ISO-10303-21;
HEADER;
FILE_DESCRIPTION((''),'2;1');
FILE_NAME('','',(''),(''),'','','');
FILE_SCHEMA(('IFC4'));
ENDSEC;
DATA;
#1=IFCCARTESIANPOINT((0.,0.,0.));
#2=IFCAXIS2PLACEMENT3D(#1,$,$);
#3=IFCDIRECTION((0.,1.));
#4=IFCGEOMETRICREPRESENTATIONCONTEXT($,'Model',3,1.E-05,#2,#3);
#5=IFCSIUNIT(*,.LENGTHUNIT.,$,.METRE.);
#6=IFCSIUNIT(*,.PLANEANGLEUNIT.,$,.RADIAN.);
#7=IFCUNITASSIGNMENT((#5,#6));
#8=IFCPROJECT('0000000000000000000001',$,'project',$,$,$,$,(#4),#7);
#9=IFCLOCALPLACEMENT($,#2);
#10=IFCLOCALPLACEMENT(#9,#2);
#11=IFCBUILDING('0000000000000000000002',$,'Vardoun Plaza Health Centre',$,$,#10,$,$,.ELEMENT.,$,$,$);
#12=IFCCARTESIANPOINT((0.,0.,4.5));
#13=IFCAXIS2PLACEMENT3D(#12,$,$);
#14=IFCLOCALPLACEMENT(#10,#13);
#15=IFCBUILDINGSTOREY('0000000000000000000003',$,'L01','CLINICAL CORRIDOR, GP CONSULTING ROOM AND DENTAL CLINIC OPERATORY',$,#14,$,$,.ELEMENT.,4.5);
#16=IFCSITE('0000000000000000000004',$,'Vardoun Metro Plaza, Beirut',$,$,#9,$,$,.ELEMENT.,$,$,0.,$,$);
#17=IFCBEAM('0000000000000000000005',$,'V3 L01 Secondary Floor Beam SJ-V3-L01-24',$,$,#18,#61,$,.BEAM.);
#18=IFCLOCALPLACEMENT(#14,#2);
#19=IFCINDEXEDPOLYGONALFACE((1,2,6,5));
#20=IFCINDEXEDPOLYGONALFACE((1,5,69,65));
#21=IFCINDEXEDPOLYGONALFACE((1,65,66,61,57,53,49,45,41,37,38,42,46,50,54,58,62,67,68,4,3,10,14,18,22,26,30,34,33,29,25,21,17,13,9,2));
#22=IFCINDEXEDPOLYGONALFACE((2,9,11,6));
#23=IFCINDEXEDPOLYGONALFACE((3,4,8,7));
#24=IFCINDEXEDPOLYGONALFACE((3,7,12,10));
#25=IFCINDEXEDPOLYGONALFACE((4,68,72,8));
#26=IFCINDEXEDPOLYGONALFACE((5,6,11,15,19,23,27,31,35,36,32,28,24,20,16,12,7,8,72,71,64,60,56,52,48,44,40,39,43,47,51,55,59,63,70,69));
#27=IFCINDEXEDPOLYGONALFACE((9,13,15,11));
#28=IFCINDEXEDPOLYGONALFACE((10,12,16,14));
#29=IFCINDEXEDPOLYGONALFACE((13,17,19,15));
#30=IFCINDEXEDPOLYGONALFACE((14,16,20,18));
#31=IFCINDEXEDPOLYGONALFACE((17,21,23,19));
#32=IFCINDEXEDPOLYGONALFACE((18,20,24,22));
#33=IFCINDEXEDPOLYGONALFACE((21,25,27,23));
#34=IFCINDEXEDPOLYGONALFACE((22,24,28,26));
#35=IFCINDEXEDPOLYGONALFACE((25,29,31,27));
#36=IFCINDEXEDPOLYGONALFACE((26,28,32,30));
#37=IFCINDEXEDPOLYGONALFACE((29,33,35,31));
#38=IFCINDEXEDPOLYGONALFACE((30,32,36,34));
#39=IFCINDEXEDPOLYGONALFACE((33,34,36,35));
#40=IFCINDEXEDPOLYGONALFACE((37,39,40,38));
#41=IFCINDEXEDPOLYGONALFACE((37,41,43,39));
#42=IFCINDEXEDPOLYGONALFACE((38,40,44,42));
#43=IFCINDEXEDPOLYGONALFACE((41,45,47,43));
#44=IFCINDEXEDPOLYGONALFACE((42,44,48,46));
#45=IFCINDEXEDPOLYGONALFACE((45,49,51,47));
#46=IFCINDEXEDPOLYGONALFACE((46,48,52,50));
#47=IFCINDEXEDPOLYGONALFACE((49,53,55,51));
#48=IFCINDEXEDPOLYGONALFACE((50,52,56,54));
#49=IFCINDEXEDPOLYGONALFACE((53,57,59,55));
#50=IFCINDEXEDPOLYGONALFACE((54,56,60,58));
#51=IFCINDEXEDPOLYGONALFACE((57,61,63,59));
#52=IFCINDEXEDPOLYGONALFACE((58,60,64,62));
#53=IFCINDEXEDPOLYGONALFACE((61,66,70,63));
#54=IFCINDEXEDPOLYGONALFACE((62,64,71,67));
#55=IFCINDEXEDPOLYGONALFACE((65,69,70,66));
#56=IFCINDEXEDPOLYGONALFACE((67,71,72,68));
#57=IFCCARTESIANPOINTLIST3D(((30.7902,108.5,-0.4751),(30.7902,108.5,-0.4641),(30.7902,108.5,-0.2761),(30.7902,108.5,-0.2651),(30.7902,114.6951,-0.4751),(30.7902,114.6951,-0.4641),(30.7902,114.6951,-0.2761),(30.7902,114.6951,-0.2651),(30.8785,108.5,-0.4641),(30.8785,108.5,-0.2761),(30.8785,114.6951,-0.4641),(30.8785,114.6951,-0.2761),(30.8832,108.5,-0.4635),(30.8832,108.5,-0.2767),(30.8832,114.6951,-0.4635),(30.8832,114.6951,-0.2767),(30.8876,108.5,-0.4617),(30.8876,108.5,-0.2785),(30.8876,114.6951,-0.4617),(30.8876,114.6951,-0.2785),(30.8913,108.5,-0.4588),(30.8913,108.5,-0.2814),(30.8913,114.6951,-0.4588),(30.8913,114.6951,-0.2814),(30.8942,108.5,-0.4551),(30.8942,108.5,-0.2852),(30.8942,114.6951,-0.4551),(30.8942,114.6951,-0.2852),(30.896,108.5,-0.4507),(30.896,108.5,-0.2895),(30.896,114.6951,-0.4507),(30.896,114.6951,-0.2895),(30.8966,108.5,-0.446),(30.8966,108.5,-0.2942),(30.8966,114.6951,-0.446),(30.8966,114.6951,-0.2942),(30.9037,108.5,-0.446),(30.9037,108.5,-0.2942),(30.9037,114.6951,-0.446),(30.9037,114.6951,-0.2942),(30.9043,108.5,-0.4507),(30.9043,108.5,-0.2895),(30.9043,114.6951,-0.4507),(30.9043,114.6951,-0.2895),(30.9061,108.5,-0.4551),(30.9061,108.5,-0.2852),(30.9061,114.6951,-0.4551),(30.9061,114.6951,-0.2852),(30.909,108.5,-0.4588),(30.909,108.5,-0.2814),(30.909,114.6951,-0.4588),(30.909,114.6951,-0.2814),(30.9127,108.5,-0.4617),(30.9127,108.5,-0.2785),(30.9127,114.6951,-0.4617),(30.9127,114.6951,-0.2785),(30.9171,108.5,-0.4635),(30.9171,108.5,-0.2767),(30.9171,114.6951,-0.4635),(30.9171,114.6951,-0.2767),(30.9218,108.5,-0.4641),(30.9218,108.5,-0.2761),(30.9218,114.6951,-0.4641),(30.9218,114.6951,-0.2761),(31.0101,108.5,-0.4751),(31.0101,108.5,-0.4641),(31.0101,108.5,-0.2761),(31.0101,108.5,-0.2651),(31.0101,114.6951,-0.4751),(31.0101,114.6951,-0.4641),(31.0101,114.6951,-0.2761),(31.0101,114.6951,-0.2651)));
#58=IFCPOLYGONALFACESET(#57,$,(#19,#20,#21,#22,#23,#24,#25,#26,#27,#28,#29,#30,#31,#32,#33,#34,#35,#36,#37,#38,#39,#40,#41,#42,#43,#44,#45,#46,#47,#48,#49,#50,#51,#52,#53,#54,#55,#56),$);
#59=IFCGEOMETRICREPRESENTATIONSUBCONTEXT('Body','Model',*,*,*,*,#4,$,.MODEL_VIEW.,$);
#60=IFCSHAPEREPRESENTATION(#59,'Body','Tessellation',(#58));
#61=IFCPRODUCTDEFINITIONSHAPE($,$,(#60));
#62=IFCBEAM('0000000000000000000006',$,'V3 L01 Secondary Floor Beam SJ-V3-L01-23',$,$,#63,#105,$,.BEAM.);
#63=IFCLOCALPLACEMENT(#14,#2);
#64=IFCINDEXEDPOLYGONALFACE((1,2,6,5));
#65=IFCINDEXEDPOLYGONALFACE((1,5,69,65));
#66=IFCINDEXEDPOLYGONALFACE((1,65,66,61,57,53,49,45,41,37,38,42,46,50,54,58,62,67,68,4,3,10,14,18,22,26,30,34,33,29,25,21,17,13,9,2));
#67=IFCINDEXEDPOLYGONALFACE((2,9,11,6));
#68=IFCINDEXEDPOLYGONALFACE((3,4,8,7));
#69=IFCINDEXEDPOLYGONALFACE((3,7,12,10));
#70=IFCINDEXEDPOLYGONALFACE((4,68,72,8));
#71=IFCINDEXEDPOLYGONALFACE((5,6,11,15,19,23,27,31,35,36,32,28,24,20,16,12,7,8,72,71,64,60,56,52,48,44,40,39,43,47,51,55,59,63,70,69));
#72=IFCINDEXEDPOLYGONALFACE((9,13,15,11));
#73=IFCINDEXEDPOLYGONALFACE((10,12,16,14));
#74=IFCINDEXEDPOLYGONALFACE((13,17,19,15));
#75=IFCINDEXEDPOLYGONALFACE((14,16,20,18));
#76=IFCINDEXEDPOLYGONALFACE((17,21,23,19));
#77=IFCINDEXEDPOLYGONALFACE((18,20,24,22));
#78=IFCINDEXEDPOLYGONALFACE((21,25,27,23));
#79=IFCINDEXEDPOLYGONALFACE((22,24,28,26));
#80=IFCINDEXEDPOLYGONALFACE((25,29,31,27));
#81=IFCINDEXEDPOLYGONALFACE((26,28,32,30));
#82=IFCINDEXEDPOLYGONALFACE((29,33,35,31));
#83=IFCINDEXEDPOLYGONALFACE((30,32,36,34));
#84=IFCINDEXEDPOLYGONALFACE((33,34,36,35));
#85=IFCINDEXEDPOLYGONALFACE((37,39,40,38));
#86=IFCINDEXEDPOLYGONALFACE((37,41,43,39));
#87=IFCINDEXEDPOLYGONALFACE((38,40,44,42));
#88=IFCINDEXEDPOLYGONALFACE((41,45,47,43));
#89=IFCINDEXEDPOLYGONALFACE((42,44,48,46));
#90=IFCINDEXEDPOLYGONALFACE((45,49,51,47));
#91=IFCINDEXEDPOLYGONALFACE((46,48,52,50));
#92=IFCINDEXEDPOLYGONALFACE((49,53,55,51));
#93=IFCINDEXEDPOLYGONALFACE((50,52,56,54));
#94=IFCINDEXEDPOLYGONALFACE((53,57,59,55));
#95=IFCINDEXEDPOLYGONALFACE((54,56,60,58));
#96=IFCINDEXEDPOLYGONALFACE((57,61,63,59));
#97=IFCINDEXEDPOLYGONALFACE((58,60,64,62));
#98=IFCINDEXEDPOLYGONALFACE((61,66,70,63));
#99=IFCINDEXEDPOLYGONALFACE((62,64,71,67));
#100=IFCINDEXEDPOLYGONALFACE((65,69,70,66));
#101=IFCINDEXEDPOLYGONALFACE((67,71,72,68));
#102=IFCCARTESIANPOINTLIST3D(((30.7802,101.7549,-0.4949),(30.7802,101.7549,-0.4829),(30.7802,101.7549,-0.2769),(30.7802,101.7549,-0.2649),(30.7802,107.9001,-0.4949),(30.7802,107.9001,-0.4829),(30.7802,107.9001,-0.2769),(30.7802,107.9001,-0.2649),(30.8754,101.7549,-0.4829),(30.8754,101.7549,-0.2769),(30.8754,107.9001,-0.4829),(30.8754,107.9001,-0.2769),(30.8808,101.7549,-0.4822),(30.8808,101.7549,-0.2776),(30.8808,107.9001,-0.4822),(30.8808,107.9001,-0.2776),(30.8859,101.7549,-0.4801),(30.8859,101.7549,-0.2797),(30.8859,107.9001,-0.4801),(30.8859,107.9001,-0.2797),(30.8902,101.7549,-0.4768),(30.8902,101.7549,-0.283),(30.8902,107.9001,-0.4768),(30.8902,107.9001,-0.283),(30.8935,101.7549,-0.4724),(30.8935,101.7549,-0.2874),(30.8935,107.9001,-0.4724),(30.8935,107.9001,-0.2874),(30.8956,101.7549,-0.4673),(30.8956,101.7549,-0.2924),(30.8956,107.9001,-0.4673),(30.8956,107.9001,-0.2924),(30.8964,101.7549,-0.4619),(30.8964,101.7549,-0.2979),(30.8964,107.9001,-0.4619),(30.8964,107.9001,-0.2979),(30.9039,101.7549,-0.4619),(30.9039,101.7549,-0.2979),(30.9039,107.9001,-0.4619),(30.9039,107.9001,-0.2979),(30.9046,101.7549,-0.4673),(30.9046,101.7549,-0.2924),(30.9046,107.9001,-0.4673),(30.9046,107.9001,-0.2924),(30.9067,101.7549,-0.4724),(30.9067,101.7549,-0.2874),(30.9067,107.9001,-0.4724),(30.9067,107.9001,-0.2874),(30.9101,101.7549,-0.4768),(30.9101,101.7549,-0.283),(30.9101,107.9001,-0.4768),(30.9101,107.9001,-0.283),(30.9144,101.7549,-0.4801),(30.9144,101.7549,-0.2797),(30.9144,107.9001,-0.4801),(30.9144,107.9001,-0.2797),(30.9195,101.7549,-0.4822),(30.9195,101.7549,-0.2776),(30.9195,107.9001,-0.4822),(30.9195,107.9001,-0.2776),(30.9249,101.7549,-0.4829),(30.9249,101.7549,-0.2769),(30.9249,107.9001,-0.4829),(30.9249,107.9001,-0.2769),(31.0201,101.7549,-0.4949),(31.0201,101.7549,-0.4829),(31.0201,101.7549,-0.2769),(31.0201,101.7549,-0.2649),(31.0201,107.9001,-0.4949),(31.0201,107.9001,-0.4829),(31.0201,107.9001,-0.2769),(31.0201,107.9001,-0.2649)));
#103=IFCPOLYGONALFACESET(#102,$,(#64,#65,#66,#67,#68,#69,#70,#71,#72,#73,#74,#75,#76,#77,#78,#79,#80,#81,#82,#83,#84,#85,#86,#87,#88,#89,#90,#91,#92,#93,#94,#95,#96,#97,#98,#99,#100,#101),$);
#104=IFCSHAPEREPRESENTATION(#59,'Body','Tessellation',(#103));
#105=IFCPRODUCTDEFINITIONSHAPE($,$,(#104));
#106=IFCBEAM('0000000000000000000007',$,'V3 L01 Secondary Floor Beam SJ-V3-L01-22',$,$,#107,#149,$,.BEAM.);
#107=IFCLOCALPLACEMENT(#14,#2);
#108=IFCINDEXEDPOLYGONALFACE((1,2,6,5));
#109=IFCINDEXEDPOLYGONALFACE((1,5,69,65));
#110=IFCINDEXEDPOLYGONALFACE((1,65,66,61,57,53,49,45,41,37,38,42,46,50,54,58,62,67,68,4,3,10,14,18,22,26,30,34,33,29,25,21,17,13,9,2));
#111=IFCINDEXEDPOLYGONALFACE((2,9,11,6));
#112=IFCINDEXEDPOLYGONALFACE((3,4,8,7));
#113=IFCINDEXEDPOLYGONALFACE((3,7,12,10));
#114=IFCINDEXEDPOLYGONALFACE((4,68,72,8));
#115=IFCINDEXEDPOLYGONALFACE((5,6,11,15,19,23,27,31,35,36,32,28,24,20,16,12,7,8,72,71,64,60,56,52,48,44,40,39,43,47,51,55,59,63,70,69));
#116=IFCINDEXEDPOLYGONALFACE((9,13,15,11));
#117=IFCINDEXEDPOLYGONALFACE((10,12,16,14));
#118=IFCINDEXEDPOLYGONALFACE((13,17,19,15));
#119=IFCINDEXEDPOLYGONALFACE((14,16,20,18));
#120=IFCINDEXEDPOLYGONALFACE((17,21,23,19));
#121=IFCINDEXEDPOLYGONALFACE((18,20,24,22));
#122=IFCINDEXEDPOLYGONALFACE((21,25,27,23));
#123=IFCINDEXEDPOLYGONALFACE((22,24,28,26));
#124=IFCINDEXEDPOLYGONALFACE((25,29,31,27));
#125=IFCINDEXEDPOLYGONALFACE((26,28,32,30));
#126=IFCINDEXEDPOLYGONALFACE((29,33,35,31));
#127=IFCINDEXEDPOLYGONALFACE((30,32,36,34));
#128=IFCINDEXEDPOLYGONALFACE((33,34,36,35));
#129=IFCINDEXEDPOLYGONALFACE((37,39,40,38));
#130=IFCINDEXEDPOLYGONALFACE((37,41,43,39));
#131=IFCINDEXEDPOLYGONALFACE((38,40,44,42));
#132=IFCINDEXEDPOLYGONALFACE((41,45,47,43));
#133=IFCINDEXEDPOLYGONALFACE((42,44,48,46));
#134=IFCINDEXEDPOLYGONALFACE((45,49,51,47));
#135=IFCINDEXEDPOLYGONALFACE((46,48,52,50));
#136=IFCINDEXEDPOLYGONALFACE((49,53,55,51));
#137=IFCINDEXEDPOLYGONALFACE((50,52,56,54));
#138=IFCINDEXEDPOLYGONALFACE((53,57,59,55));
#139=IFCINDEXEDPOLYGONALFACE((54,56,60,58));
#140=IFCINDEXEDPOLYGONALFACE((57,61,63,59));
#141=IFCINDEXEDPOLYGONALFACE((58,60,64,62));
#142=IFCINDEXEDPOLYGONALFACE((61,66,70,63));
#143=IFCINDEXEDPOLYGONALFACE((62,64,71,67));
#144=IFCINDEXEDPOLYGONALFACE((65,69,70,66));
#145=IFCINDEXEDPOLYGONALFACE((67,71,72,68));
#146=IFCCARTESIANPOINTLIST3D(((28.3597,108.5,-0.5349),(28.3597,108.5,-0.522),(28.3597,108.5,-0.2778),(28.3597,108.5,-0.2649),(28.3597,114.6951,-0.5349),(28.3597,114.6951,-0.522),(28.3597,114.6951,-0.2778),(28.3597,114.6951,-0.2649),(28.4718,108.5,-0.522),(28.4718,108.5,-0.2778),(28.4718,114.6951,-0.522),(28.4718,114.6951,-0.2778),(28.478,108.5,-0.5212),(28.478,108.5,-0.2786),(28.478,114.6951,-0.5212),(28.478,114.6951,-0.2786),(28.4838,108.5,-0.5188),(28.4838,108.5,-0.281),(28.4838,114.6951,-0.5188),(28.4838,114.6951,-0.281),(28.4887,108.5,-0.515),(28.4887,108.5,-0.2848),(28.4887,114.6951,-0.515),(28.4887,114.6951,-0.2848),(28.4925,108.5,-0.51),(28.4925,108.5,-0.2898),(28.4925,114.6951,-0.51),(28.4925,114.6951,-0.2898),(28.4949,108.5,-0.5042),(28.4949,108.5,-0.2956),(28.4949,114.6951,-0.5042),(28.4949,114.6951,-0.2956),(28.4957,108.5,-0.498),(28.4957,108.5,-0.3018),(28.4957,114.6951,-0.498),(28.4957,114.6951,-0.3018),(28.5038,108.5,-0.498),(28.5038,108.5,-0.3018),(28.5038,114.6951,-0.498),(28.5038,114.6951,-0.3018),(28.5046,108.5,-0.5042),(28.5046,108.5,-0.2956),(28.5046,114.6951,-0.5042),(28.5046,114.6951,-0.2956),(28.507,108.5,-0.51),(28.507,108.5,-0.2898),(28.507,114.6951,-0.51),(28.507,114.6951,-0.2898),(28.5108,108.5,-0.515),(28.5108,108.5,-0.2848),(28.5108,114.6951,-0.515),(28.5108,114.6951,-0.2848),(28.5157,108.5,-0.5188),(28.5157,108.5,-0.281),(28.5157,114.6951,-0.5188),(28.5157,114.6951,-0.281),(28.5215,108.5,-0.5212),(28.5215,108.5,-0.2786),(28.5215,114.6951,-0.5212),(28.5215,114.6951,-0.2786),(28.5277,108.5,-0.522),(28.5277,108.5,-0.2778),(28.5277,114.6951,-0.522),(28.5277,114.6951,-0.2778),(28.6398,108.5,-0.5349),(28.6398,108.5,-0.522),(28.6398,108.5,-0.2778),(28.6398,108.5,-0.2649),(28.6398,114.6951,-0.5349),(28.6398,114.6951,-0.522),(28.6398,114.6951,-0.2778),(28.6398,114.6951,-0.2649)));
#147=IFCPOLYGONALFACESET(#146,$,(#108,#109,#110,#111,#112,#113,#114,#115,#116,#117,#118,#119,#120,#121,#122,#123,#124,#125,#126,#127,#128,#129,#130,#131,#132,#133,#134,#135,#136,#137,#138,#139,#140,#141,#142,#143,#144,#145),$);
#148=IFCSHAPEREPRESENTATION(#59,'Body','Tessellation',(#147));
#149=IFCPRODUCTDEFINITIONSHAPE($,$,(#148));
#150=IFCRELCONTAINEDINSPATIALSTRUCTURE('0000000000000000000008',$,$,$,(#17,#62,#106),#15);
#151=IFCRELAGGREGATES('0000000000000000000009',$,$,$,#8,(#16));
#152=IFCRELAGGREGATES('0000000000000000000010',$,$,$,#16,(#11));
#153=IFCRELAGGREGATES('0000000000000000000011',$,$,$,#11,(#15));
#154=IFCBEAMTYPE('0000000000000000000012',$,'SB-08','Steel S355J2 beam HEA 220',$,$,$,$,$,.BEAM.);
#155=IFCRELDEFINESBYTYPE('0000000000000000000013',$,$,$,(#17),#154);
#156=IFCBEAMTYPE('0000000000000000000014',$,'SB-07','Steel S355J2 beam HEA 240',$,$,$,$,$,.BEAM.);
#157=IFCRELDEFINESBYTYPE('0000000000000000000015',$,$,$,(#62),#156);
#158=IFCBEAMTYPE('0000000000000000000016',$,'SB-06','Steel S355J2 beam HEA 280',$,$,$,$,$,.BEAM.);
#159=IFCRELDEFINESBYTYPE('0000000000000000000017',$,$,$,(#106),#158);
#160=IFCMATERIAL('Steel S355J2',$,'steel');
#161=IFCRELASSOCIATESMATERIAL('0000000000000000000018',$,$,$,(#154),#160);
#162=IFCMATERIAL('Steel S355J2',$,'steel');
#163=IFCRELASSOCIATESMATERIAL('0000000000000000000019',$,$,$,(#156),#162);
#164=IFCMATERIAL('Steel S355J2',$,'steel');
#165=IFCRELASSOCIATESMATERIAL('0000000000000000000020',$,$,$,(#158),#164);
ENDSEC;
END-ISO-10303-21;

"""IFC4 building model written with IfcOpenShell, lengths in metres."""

from ifc_helpers import new_model, si_unit, direction, frame, origin, origin_2d, place, context, subcontext, project, spatial, i_section, extrude, material, material_profile, profile_set, type_object, element, save


model = new_model("IFC4")

# Units and contexts
model_context = context("Model", 3, precision=1e-05, world=origin(), true_north=direction((0.0, 1.0)))
body_context = subcontext(model_context, "Body", "Model", "MODEL_VIEW")
ifc_project = project(units=[si_unit("LENGTHUNIT", "METRE"), si_unit("PLANEANGLEUNIT", "RADIAN")], contexts=[model_context])

# Site, building, storey
site_placement = place(None, origin())
site = spatial("IfcSite", under=ifc_project, at=site_placement, Name="Vardoun Metro Plaza, Beirut", CompositionType="ELEMENT", RefElevation=0.0)
building_placement = place(site_placement, origin())
building = spatial("IfcBuilding", under=site, at=building_placement, Name="Vardoun Plaza Health Centre", CompositionType="ELEMENT")
storey_placement = place(building_placement, frame((0.0, 0.0, 4.5)))
storey = spatial("IfcBuildingStorey", under=building, at=storey_placement, Name="L01", Description="CLINICAL CORRIDOR, GP CONSULTING ROOM AND DENTAL CLINIC OPERATORY", CompositionType="ELEMENT", Elevation=4.5)

# Beams
ifc_material_1 = material(Name="Steel S355J2", Category="steel")
ifc_material_profile_1 = material_profile(ifc_material_1, i_section(OverallWidth=0.22, OverallDepth=0.21, WebThickness=0.0071, FlangeThickness=0.011, FilletRadius=0.0181, at=origin_2d()), Name="HEA 220")
ifc_profile_set_1 = profile_set([ifc_material_profile_1], Name="Steel S355J2")
beam_type_1 = type_object("IfcBeamType", Name="SB-08", Description="Steel S355J2 beam HEA 220", PredefinedType="BEAM", material=ifc_profile_set_1)
beam_1_placement = place(storey_placement, frame((30.9001, 108.5, -0.3701), z_axis=(0.0, 1.0, 0.0), x_axis=(-1.0, 0.0, 0.0)))
element("IfcBeam", 1, at=beam_1_placement, inside=storey, type_object=beam_type_1, Name="V3 L01 Secondary Floor Beam SJ-V3-L01-24", PredefinedType="BEAM", context=body_context, shape_type="SweptSolid", body=[
    extrude(i_section(OverallWidth=0.22, OverallDepth=0.21, WebThickness=0.0071, FlangeThickness=0.011, FilletRadius=0.0181, at=origin_2d()), origin(), (0.0, 0.0, 1.0), 6.1951),
])
ifc_material_2 = material(Name="Steel S355J2", Category="steel")
ifc_material_profile_2 = material_profile(ifc_material_2, i_section(OverallWidth=0.24, OverallDepth=0.23, WebThickness=0.0076, FlangeThickness=0.012, FilletRadius=0.021, at=origin_2d()), Name="HEA 240")
ifc_profile_set_2 = profile_set([ifc_material_profile_2], Name="Steel S355J2")
beam_type_2 = type_object("IfcBeamType", Name="SB-07", Description="Steel S355J2 beam HEA 240", PredefinedType="BEAM", material=ifc_profile_set_2)
beam_2_placement = place(storey_placement, frame((30.9001, 101.7549, -0.3799), z_axis=(0.0, 1.0, 0.0), x_axis=(-1.0, 0.0, 0.0)))
element("IfcBeam", 2, at=beam_2_placement, inside=storey, type_object=beam_type_2, Name="V3 L01 Secondary Floor Beam SJ-V3-L01-23", PredefinedType="BEAM", context=body_context, shape_type="SweptSolid", body=[
    extrude(i_section(OverallWidth=0.24, OverallDepth=0.23, WebThickness=0.0076, FlangeThickness=0.012, FilletRadius=0.021, at=origin_2d()), origin(), (0.0, 0.0, 1.0), 6.1453),
])
ifc_material_3 = material(Name="Steel S355J2", Category="steel")
ifc_material_profile_3 = material_profile(ifc_material_3, i_section(OverallWidth=0.28, OverallDepth=0.27, WebThickness=0.0081, FlangeThickness=0.0129, FilletRadius=0.0239, at=origin_2d()), Name="HEA 280")
ifc_profile_set_3 = profile_set([ifc_material_profile_3], Name="Steel S355J2")
beam_type_3 = type_object("IfcBeamType", Name="SB-06", Description="Steel S355J2 beam HEA 280", PredefinedType="BEAM", material=ifc_profile_set_3)
beam_3_placement = place(storey_placement, frame((28.4998, 108.5, -0.3999), z_axis=(0.0, 1.0, 0.0), x_axis=(-1.0, 0.0, 0.0)))
element("IfcBeam", 3, at=beam_3_placement, inside=storey, type_object=beam_type_3, Name="V3 L01 Secondary Floor Beam SJ-V3-L01-22", PredefinedType="BEAM", context=body_context, shape_type="SweptSolid", body=[
    extrude(i_section(OverallWidth=0.28, OverallDepth=0.27, WebThickness=0.0081, FlangeThickness=0.0129, FilletRadius=0.0239, at=origin_2d()), origin(), (0.0, 0.0, 1.0), 6.1951),
])

save(model, "model.ifc")
